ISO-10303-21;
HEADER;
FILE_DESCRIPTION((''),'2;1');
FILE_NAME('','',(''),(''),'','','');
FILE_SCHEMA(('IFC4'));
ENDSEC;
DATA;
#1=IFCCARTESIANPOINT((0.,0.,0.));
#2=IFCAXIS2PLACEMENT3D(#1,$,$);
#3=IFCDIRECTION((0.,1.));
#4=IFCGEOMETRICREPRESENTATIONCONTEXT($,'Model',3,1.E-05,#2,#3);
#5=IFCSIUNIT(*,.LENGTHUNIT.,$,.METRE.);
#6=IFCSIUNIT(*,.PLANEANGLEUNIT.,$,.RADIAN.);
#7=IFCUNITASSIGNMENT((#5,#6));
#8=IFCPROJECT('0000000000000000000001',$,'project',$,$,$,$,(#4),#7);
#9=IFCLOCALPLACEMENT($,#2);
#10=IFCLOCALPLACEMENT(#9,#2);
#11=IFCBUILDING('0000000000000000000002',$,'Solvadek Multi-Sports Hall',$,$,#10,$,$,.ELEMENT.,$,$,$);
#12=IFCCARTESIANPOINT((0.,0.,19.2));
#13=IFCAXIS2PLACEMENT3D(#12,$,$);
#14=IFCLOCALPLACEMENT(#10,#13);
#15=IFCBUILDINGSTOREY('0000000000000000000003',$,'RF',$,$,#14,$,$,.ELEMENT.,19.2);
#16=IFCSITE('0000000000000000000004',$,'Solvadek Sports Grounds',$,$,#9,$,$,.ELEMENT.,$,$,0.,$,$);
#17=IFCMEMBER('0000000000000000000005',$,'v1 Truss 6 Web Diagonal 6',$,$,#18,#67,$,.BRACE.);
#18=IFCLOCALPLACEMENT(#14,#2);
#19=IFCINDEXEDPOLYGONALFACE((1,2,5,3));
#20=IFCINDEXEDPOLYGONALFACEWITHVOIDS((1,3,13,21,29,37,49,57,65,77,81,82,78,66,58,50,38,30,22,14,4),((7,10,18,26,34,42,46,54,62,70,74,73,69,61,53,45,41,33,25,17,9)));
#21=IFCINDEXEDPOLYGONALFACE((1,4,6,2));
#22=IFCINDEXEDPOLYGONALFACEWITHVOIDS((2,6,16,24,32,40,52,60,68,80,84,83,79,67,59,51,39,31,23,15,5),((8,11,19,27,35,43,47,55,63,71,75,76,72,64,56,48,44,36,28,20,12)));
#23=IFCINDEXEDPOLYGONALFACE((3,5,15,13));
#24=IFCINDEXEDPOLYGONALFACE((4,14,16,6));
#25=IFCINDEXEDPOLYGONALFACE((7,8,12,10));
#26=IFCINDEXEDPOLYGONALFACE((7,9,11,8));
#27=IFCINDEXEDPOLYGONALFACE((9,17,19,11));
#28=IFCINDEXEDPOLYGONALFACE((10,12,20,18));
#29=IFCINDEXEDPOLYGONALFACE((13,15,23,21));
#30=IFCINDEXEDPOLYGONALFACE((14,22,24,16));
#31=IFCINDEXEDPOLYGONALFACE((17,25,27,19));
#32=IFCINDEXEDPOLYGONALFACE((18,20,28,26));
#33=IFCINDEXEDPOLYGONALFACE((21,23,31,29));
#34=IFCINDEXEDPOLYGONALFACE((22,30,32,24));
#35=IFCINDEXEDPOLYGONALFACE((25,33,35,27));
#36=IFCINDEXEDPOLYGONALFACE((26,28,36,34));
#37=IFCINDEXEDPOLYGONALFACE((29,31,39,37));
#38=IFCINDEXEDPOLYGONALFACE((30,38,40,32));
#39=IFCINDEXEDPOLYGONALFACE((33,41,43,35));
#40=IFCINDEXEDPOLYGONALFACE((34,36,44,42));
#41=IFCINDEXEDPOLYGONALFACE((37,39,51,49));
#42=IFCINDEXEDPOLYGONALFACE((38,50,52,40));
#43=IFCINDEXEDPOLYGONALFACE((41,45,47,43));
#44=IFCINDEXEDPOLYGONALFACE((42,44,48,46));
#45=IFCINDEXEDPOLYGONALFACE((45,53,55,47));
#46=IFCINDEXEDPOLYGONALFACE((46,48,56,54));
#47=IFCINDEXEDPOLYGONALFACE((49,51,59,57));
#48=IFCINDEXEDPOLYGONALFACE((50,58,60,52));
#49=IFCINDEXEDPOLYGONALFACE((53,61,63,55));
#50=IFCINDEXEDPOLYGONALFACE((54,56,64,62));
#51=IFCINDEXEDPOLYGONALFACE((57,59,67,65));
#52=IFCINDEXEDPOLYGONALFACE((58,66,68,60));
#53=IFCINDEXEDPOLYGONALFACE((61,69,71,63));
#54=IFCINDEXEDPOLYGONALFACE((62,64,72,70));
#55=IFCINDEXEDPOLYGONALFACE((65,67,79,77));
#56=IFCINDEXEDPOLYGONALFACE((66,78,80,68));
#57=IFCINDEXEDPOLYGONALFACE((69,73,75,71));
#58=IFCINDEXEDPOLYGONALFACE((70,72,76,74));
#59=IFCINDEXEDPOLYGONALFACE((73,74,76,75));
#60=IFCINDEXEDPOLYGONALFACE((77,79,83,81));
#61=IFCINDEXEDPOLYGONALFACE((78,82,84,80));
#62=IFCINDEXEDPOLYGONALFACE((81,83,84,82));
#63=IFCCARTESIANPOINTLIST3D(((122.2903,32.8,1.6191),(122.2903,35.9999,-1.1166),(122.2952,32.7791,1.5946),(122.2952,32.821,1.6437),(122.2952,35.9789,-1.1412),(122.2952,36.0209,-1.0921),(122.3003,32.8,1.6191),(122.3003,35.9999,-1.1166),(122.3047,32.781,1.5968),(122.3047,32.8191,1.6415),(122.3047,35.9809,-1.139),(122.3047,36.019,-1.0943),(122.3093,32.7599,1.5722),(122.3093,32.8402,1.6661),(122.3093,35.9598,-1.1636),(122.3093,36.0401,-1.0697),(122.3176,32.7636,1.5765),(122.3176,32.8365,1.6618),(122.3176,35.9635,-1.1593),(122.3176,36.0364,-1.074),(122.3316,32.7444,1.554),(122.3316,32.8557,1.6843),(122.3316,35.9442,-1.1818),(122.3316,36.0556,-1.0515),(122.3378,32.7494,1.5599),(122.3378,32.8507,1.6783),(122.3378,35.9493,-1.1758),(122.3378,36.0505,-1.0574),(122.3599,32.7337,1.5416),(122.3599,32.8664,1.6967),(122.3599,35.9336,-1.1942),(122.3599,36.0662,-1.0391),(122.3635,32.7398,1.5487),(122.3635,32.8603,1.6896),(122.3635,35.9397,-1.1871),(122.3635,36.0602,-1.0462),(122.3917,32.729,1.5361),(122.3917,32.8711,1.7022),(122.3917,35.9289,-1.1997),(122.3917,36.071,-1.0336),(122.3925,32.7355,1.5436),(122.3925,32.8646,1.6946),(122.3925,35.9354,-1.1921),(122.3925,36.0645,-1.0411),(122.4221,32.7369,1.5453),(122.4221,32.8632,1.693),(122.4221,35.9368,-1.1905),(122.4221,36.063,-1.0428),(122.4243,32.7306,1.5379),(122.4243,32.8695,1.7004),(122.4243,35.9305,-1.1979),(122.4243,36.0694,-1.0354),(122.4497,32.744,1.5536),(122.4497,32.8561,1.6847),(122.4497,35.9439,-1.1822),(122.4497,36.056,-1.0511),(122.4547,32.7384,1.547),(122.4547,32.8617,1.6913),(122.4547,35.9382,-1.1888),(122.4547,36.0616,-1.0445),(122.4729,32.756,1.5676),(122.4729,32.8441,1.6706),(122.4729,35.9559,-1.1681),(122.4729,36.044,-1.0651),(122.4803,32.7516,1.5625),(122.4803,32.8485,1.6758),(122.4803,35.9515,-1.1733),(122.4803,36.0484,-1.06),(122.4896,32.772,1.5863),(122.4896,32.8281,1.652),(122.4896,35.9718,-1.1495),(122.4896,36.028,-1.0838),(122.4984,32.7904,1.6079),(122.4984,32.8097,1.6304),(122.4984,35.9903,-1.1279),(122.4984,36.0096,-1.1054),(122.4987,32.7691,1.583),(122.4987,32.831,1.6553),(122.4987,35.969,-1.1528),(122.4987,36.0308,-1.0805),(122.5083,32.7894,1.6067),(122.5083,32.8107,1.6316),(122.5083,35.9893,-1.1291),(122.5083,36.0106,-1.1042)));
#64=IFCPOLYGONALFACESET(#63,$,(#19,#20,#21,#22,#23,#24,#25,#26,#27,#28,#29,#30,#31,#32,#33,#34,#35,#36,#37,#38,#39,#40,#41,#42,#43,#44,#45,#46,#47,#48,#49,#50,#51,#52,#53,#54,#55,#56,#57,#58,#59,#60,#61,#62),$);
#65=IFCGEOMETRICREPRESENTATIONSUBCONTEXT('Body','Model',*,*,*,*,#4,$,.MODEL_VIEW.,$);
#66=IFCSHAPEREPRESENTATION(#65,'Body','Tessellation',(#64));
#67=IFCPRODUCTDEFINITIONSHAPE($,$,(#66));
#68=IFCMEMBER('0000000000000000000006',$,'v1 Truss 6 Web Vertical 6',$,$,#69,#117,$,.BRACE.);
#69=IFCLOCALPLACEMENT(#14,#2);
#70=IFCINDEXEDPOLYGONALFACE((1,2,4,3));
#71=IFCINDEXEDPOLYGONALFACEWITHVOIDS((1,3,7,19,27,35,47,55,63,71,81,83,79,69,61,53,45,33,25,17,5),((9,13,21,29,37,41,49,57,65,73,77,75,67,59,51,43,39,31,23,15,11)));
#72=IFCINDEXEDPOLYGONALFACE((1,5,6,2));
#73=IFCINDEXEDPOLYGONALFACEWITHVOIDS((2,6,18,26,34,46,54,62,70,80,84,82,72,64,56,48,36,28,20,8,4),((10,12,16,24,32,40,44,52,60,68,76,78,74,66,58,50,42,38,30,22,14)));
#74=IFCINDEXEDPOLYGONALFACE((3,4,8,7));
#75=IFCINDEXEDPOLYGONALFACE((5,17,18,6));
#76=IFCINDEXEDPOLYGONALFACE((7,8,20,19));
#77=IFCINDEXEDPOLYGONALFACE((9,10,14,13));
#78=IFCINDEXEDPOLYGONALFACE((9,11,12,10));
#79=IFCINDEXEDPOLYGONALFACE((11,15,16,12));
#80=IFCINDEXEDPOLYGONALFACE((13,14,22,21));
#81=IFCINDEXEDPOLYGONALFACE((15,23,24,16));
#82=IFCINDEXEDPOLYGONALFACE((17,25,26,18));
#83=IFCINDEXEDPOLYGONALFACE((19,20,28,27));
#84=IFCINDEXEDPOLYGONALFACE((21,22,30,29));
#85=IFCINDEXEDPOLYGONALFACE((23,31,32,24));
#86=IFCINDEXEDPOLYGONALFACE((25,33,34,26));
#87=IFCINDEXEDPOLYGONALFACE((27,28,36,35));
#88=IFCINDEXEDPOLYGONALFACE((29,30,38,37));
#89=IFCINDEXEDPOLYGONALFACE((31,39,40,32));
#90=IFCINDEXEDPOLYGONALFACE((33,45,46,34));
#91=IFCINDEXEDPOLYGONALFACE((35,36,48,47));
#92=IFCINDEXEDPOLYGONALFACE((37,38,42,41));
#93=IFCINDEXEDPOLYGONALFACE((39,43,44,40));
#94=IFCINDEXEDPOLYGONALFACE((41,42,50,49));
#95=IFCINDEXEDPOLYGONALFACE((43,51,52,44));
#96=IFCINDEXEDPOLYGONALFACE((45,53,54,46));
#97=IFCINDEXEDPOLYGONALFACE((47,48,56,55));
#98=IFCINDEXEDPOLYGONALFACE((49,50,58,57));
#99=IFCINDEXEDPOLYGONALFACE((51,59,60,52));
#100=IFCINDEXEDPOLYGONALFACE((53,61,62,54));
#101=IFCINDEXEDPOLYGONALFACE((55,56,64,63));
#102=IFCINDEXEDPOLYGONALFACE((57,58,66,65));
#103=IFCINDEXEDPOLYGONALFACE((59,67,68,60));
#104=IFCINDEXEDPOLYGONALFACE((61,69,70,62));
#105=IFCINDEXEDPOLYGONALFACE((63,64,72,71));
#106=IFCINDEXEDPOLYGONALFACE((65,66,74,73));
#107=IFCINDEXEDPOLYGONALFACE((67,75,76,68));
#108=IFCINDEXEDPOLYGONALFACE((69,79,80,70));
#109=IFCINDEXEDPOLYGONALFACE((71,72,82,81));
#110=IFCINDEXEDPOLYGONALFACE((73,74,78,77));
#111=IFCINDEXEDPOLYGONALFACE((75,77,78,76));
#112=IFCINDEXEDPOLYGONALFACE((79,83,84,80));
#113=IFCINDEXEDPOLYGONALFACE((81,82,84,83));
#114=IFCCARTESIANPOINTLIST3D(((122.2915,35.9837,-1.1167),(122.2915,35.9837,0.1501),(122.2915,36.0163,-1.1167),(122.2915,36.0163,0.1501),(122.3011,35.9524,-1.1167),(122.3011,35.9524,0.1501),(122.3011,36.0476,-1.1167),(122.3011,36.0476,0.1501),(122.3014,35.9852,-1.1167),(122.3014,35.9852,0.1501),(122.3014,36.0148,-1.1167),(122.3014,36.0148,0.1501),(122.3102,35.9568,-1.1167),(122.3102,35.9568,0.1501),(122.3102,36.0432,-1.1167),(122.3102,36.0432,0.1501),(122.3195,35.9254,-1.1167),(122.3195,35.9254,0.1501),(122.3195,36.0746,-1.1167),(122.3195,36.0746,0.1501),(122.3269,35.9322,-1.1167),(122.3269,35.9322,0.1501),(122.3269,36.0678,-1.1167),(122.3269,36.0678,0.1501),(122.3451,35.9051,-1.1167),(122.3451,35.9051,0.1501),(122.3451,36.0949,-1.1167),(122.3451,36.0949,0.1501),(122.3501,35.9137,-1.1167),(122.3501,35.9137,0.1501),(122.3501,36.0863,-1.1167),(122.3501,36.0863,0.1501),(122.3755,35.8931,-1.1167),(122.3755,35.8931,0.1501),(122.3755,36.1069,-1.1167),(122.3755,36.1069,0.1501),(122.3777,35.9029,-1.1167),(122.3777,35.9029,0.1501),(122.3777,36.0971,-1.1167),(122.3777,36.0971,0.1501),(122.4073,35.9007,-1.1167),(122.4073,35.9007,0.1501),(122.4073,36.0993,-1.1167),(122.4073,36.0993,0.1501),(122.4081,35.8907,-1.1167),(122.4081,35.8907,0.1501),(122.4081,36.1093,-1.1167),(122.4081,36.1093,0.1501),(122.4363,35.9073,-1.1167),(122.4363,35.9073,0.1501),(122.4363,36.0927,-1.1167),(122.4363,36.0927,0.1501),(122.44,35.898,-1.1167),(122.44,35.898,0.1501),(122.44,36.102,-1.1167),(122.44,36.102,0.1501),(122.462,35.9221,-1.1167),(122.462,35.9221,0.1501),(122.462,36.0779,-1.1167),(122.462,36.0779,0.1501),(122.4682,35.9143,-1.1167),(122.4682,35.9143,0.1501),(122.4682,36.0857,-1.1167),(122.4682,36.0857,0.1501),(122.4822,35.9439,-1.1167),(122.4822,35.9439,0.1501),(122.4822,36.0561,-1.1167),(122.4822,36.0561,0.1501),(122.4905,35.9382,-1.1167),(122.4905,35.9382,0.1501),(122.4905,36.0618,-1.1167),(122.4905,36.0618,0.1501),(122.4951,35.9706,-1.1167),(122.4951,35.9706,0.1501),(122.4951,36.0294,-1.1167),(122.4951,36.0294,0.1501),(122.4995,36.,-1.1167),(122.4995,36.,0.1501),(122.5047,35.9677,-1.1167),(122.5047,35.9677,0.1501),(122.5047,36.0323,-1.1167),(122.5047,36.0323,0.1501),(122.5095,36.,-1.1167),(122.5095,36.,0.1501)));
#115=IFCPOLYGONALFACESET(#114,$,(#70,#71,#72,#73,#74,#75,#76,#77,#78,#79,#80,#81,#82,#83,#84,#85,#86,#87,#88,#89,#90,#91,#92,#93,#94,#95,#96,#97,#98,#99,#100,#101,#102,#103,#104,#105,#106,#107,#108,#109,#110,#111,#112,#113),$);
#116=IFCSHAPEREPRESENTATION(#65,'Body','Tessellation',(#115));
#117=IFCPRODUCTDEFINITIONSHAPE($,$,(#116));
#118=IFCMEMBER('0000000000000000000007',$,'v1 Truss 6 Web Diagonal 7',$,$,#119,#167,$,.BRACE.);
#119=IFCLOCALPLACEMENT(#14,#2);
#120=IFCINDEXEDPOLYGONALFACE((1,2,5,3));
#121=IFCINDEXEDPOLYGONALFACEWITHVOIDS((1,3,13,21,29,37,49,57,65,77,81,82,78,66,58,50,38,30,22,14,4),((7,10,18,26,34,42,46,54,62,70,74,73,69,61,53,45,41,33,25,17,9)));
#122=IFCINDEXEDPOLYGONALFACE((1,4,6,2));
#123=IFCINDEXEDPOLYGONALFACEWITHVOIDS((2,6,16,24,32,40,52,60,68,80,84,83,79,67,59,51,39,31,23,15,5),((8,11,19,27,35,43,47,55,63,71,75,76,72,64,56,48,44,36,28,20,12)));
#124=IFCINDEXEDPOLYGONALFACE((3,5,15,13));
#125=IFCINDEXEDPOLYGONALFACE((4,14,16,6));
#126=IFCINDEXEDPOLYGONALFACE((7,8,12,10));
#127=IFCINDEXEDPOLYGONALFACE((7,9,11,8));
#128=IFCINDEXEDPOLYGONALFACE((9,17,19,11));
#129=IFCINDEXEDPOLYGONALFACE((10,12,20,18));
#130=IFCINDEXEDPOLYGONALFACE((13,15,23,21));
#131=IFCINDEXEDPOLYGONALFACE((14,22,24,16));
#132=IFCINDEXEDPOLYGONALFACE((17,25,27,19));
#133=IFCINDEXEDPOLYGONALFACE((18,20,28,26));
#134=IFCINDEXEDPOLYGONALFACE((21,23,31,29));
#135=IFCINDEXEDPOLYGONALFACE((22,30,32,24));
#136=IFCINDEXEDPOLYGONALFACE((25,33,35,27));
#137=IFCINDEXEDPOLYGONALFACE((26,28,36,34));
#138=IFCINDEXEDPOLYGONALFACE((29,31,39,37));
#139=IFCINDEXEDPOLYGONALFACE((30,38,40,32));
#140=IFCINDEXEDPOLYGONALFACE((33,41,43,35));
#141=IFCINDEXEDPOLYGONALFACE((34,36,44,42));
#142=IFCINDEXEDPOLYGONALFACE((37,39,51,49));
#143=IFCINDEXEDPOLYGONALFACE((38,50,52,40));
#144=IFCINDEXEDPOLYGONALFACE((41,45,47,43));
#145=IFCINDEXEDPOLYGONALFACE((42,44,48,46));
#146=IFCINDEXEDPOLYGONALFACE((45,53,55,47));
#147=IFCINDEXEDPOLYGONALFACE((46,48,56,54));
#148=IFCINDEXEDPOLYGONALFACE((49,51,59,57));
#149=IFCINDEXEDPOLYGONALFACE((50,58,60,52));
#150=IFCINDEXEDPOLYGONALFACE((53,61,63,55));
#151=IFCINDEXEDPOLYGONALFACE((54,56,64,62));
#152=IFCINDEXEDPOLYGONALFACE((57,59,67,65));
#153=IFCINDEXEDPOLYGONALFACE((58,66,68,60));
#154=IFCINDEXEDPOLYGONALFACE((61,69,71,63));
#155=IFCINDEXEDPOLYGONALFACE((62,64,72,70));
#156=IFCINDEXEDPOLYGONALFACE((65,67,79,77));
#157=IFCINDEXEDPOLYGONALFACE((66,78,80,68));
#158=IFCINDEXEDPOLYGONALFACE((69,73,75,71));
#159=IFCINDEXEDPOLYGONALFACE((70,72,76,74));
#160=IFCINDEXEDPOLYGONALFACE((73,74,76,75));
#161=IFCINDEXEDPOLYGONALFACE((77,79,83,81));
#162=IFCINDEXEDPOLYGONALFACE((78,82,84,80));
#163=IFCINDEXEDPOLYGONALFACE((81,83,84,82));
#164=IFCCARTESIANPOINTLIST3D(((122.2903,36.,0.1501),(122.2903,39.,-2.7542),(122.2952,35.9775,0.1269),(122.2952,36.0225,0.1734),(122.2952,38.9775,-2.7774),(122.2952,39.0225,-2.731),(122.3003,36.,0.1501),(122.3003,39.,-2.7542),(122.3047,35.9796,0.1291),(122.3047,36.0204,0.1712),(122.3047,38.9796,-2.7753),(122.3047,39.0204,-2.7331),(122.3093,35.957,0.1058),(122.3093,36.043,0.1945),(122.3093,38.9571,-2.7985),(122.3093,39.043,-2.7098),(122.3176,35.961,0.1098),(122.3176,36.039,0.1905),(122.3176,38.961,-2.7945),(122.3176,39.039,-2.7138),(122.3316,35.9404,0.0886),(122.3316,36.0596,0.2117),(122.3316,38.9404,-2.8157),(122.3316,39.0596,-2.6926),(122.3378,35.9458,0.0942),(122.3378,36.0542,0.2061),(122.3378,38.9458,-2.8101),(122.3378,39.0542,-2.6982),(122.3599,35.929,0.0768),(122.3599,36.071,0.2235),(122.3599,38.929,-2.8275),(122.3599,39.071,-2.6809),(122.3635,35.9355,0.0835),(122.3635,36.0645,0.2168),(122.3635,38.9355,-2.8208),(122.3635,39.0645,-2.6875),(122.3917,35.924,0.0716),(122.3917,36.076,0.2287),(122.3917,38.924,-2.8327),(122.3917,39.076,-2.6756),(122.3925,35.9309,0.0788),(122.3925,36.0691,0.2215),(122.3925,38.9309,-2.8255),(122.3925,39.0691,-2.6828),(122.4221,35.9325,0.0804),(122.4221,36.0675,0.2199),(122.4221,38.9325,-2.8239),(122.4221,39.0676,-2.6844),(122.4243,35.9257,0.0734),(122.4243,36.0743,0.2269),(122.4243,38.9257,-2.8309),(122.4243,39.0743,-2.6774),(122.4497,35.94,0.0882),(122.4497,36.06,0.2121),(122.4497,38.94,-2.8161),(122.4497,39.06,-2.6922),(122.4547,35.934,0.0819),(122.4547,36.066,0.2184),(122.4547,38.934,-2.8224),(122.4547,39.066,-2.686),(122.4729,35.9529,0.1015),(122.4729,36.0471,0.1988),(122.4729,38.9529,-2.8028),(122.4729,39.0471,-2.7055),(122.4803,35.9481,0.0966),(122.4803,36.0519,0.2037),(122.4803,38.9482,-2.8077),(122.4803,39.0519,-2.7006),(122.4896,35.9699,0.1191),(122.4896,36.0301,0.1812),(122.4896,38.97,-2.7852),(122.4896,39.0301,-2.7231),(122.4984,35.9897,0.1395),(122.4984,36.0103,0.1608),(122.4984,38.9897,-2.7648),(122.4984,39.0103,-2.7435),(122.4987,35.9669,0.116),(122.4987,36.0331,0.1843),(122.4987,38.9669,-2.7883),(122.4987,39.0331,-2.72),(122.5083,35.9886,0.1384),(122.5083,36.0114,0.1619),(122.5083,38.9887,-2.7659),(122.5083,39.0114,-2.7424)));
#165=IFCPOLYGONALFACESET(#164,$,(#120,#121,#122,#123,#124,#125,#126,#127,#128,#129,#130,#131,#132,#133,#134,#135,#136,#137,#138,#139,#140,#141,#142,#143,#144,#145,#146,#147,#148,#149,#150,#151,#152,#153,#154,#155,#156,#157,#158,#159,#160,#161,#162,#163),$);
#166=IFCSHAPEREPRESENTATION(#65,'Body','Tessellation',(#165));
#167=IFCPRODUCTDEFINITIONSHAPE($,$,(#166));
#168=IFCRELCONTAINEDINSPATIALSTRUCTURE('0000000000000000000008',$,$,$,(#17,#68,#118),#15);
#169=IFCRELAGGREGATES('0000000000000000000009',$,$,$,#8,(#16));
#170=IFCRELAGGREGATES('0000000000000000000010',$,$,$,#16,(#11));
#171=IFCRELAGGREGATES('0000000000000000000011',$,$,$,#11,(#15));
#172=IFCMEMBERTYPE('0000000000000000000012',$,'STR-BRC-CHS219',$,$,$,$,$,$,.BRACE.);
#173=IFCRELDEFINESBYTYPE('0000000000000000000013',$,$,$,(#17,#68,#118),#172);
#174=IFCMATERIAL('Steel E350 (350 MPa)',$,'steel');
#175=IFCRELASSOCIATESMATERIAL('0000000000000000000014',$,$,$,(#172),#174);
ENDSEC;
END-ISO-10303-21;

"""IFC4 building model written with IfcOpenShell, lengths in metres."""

from ifc_helpers import new_model, si_unit, direction, frame, origin, origin_2d, place, context, subcontext, project, spatial, hollow_circle, extrude, material, material_profile, profile_set, type_object, element, save


model = new_model("IFC4")

# Units and contexts
model_context = context("Model", 3, precision=1e-05, world=origin(), true_north=direction((0.0, 1.0)))
body_context = subcontext(model_context, "Body", "Model", "MODEL_VIEW")
ifc_project = project(units=[si_unit("LENGTHUNIT", "METRE"), si_unit("PLANEANGLEUNIT", "RADIAN")], contexts=[model_context])

# Site, building, storey
site_placement = place(None, origin())
site = spatial("IfcSite", under=ifc_project, at=site_placement, Name="Solvadek Sports Grounds", CompositionType="ELEMENT", RefElevation=0.0)
building_placement = place(site_placement, origin())
building = spatial("IfcBuilding", under=site, at=building_placement, Name="Solvadek Multi-Sports Hall", CompositionType="ELEMENT")
storey_placement = place(building_placement, frame((0.0, 0.0, 19.2)))
storey = spatial("IfcBuildingStorey", under=building, at=storey_placement, Name="RF", CompositionType="ELEMENT", Elevation=19.2)

# Members
ifc_material_1 = material(Name="Steel E350 (350 MPa)", Category="steel")
ifc_material_profile_1 = material_profile(ifc_material_1, hollow_circle(Radius=0.1096, WallThickness=0.01, at=origin_2d()), Name="CHS 219.1x10")
ifc_profile_set_1 = profile_set([ifc_material_profile_1], Name="Steel E350 (350 MPa)")
member_type_1 = type_object("IfcMemberType", Name="STR-BRC-CHS219", PredefinedType="BRACE", material=ifc_profile_set_1)
member_1_placement = place(storey_placement, frame((122.3999, 32.8, 1.6191), z_axis=(0.0, 0.760075, -0.649836), x_axis=(-1.0, 0.0, 0.0)))
element("IfcMember", 1, at=member_1_placement, inside=storey, type_object=member_type_1, Name="v1 Truss 6 Web Diagonal 6", PredefinedType="BRACE", context=body_context, shape_type="SweptSolid", body=[
    extrude(hollow_circle(Radius=0.1096, WallThickness=0.01, at=origin_2d()), origin(), (0.0, 0.0, 1.0), 4.21),
])
member_2_placement = place(storey_placement, frame((122.3999, 36.0, -1.1167), z_axis=(0.0, 0.0, 1.0), x_axis=(1.0, 0.0, 0.0)))
element("IfcMember", 2, at=member_2_placement, inside=storey, type_object=member_type_1, Name="v1 Truss 6 Web Vertical 6", PredefinedType="BRACE", context=body_context, shape_type="SweptSolid", body=[
    extrude(hollow_circle(Radius=0.1096, WallThickness=0.01, at=origin_2d()), origin(), (0.0, 0.0, 1.0), 1.2668),
])
member_3_placement = place(storey_placement, frame((122.3999, 36.0, 0.1501), z_axis=(0.0, 0.718474, -0.695554), x_axis=(-1.0, 0.0, 0.0)))
element("IfcMember", 3, at=member_3_placement, inside=storey, type_object=member_type_1, Name="v1 Truss 6 Web Diagonal 7", PredefinedType="BRACE", context=body_context, shape_type="SweptSolid", body=[
    extrude(hollow_circle(Radius=0.1096, WallThickness=0.01, at=origin_2d()), origin(), (0.0, 0.0, 1.0), 4.1755),
])

save(model, "model.ifc")
